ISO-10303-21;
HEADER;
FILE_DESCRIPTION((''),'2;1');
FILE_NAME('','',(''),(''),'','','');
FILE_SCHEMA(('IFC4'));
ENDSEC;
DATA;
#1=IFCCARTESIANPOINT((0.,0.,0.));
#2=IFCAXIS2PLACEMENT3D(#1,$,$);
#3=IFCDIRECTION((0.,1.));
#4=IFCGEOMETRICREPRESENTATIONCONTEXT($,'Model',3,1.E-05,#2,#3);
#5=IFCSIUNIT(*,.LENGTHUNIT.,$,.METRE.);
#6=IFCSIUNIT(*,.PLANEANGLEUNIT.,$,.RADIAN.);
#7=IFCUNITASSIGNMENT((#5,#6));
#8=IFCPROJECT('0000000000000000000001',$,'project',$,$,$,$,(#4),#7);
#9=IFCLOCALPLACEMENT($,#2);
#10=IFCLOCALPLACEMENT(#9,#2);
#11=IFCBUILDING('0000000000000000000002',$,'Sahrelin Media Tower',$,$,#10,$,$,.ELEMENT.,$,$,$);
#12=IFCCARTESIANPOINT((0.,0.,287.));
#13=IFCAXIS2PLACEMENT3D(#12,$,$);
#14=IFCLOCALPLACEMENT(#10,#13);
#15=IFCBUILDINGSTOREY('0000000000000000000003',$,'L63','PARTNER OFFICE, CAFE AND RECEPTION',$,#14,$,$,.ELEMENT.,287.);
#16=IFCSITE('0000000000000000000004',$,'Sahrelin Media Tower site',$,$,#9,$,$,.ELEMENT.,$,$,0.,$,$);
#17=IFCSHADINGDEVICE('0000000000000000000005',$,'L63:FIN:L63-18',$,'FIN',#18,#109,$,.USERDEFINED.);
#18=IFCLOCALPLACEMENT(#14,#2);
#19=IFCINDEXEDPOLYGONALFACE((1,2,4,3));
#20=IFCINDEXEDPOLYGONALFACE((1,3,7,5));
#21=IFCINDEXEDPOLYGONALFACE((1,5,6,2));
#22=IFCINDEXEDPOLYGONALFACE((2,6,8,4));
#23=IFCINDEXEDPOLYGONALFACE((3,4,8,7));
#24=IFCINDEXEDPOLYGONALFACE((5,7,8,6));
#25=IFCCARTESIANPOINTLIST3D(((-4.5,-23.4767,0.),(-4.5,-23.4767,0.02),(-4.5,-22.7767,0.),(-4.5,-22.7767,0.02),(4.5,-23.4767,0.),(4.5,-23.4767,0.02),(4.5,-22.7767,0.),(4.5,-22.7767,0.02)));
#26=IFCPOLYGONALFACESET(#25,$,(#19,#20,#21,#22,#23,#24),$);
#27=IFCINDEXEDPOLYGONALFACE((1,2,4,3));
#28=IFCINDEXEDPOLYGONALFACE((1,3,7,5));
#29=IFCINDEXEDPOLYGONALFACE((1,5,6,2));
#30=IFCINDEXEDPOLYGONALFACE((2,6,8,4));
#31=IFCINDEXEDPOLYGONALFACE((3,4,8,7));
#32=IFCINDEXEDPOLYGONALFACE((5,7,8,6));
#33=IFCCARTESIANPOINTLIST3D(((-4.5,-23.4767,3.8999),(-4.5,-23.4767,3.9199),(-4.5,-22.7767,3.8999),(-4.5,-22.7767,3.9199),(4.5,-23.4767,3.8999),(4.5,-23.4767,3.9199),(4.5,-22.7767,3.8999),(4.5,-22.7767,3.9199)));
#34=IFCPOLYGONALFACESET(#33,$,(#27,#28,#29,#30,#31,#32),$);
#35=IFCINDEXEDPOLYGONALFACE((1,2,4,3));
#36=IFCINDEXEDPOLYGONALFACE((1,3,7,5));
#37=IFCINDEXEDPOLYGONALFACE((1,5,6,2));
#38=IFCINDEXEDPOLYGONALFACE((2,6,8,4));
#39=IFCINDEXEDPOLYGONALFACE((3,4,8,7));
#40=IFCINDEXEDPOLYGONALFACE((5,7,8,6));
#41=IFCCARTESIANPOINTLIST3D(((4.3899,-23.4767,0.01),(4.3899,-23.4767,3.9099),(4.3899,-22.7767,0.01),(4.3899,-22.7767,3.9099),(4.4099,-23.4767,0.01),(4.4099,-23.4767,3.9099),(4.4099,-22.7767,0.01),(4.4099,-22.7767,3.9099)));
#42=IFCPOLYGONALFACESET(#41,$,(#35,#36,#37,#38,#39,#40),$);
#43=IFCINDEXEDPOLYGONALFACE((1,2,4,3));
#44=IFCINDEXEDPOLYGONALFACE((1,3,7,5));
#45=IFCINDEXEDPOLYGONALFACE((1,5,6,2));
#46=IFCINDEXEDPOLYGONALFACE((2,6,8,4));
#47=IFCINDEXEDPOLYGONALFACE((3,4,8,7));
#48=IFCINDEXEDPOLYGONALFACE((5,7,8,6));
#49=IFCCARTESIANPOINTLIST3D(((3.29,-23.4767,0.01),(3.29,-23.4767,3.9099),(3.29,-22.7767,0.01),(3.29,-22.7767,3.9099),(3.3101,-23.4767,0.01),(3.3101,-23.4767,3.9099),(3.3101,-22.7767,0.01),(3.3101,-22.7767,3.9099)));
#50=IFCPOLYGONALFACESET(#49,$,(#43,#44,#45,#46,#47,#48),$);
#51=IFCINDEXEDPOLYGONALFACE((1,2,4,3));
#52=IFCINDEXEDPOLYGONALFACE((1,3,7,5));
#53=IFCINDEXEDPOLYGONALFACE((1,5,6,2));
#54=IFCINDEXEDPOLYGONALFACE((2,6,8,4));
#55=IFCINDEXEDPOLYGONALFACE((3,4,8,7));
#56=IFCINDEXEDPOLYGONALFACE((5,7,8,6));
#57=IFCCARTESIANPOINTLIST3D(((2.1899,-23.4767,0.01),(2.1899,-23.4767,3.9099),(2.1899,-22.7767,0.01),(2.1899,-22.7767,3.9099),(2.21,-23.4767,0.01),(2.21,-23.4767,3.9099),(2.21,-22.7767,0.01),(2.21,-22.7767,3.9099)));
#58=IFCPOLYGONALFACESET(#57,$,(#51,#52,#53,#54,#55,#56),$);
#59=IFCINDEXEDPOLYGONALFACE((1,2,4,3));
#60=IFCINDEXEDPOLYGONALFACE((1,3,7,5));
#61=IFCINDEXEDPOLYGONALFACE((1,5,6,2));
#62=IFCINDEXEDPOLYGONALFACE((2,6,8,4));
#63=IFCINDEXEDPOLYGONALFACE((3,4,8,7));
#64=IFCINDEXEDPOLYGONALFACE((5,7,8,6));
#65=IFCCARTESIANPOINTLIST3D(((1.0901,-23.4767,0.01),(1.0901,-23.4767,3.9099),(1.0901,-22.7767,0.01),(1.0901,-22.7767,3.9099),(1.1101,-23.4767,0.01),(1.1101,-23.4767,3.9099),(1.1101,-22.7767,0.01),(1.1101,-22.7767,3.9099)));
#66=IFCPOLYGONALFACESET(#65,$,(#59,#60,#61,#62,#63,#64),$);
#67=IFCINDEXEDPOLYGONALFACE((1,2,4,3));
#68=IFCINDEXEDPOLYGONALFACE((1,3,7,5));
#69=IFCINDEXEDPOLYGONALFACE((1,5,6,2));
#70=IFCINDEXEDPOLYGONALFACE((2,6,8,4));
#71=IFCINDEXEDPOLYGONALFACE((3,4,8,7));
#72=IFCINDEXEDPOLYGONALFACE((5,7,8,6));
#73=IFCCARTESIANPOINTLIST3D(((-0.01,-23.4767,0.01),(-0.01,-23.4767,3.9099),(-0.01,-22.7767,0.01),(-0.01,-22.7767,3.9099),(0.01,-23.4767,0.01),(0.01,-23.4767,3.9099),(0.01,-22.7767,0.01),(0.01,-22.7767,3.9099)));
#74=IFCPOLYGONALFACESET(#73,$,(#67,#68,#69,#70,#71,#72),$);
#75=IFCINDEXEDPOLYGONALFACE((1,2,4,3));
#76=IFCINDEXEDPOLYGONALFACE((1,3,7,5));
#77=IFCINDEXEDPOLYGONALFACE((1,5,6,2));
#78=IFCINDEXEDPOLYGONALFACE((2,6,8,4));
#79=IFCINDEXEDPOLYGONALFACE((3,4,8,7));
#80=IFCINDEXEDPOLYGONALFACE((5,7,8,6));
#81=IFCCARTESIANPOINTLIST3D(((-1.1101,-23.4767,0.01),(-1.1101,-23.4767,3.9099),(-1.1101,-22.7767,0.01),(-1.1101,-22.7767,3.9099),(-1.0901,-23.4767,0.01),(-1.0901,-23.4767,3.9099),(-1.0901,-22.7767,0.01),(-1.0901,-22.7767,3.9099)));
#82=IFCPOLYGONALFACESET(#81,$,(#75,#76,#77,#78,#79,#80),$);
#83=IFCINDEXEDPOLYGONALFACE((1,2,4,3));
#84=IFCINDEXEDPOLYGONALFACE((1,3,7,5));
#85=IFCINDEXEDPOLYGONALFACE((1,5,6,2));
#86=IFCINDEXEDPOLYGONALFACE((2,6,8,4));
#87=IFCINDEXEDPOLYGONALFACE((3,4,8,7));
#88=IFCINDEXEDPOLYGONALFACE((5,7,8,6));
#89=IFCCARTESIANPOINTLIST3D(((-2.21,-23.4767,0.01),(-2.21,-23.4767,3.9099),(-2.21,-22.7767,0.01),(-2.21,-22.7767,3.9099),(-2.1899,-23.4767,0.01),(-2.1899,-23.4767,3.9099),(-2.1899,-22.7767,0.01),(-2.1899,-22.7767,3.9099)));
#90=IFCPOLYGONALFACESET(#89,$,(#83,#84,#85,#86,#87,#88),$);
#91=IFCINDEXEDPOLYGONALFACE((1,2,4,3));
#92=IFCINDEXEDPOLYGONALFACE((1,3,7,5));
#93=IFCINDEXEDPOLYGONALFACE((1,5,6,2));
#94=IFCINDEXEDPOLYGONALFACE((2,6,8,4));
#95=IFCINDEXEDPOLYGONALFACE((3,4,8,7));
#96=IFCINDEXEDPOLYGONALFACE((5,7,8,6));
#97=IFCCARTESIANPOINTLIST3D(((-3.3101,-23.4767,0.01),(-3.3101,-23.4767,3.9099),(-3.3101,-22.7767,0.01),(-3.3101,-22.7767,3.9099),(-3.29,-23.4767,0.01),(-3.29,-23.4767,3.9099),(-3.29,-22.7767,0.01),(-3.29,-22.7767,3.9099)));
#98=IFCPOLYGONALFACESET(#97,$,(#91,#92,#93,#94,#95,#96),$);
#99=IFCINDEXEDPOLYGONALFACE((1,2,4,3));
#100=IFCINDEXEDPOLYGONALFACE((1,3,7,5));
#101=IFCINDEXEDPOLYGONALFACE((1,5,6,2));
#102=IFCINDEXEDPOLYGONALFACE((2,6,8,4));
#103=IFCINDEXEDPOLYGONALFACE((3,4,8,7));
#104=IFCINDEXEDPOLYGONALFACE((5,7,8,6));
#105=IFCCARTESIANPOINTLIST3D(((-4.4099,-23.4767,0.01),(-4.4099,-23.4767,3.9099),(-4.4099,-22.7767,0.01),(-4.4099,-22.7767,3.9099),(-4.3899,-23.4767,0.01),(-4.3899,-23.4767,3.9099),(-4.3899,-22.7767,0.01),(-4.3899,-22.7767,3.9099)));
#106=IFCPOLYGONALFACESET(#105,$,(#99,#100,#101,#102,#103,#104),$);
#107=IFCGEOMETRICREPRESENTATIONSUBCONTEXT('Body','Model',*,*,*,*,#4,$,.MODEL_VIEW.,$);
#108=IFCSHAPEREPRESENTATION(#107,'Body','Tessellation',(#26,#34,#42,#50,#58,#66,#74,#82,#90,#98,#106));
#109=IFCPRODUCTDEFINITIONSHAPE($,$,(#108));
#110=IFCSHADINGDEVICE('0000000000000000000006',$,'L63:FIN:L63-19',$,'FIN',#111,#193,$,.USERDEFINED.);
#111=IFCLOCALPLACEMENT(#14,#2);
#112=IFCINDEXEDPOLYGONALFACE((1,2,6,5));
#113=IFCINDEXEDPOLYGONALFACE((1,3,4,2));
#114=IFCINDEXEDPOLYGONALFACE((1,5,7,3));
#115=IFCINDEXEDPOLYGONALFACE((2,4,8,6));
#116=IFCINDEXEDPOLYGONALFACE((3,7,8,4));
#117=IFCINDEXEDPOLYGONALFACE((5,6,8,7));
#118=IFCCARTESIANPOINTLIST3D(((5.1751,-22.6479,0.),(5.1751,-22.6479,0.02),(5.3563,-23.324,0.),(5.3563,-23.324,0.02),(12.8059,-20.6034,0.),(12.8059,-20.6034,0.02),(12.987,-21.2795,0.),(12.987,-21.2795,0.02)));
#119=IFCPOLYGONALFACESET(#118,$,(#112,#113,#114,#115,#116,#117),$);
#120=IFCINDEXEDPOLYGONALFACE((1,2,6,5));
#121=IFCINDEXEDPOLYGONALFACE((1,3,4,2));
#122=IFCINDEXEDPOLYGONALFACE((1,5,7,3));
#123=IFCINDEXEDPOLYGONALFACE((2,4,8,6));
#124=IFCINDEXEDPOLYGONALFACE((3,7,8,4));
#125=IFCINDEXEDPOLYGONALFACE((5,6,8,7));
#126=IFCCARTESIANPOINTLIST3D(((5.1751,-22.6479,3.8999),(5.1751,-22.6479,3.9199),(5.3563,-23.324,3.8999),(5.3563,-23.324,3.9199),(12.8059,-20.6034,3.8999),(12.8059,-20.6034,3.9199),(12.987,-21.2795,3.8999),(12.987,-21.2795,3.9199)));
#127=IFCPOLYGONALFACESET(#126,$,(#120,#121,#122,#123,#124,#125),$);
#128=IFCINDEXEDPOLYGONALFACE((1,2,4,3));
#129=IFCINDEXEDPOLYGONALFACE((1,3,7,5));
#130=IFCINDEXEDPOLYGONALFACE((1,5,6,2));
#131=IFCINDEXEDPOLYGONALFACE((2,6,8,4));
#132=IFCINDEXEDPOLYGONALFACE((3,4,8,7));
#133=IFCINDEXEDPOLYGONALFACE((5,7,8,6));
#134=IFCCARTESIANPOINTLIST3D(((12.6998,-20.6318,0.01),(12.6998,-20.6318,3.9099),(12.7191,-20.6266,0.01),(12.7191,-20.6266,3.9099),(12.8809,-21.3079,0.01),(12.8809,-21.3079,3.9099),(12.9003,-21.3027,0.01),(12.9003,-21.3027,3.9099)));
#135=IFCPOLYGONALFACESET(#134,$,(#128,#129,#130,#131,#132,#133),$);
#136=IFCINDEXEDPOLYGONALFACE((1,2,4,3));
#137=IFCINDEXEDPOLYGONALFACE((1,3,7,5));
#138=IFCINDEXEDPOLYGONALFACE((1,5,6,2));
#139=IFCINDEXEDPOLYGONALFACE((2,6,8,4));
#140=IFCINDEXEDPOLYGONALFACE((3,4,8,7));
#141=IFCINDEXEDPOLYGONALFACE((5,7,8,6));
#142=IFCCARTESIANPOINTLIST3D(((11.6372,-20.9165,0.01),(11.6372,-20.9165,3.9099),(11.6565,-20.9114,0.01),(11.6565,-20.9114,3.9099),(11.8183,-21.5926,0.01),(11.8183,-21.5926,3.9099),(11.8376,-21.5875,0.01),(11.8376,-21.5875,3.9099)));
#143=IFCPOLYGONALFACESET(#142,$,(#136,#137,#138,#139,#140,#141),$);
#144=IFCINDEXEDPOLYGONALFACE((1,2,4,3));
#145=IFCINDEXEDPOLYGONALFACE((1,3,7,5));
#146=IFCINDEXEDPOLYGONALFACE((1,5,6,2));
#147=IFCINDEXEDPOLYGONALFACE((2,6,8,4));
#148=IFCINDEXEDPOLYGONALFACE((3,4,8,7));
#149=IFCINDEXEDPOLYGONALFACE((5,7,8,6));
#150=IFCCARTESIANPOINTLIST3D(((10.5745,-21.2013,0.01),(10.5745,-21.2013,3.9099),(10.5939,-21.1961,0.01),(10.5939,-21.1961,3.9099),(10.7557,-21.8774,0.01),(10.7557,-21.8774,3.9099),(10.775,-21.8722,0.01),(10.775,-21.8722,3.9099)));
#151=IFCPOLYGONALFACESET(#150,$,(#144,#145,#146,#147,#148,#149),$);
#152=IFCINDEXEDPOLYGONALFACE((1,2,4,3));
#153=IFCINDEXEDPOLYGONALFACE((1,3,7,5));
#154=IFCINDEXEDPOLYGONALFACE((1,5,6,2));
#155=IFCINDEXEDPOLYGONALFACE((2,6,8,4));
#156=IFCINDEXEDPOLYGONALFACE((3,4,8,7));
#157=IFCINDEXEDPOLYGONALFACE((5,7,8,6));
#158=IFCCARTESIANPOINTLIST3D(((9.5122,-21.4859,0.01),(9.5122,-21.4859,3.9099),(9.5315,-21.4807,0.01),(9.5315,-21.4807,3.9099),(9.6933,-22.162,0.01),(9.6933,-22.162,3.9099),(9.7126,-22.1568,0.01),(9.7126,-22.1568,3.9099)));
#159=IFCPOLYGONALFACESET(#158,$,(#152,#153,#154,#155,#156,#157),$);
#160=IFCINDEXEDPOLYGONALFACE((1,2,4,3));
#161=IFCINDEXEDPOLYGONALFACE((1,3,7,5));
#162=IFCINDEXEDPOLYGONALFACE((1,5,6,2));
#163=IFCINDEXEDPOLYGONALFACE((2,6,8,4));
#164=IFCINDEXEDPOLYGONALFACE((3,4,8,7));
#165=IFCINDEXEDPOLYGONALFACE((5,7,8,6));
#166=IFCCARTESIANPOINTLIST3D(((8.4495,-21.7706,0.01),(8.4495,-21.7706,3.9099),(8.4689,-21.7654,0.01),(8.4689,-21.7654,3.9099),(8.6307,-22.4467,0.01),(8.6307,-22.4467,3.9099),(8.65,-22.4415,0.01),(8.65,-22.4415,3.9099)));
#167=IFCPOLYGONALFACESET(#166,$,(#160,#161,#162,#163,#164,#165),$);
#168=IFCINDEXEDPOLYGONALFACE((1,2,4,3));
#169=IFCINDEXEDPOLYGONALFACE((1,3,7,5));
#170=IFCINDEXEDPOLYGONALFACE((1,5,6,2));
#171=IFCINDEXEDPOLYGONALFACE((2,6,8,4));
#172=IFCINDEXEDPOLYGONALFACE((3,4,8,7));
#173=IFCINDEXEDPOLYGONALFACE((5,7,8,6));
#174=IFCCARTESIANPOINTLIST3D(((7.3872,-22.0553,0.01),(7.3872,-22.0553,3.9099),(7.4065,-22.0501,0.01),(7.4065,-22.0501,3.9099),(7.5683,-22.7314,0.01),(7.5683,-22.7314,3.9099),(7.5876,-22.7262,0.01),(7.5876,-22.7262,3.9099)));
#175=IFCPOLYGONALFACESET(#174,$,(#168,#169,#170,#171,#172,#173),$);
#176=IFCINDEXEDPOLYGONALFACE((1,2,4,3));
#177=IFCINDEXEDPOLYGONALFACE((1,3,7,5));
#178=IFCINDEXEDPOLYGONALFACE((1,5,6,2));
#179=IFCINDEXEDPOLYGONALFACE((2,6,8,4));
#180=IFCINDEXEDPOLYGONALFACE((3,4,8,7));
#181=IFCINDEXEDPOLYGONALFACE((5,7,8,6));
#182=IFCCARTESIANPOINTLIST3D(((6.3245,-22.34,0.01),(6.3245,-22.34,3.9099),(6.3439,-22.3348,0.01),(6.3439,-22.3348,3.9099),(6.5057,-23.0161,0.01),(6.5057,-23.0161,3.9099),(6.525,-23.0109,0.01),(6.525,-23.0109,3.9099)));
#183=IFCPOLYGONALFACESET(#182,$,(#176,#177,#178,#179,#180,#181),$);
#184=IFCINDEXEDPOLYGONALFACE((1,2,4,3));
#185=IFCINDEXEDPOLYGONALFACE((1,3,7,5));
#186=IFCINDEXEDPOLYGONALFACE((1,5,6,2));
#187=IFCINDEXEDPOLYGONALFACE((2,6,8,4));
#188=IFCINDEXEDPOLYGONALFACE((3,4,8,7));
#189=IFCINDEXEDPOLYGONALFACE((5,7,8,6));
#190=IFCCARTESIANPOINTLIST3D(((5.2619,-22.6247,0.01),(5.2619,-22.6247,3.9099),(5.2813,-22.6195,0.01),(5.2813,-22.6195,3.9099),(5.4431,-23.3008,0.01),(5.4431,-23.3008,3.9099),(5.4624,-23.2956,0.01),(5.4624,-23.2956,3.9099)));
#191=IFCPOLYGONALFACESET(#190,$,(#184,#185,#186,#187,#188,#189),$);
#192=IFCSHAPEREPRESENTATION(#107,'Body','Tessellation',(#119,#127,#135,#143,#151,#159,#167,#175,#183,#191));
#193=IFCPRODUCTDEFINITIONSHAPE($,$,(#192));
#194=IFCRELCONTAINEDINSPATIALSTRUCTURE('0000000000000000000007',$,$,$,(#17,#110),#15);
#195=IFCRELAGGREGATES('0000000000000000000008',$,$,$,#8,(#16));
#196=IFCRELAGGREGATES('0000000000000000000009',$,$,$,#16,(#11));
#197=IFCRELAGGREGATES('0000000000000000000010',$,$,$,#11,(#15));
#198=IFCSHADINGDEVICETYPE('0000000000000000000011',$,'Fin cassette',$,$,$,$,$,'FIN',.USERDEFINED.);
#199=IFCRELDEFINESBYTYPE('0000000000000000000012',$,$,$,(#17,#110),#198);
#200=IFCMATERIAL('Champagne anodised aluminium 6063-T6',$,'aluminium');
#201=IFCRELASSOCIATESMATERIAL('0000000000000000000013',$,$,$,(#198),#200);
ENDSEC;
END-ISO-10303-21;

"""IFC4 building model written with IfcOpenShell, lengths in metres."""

from ifc_helpers import new_model, si_unit, direction, frame, origin, origin_2d, place, context, subcontext, project, spatial, rectangle, extrude, material, type_object, element, save


model = new_model("IFC4")

# Units and contexts
model_context = context("Model", 3, precision=1e-05, world=origin(), true_north=direction((0.0, 1.0)))
body_context = subcontext(model_context, "Body", "Model", "MODEL_VIEW")
ifc_project = project(units=[si_unit("LENGTHUNIT", "METRE"), si_unit("PLANEANGLEUNIT", "RADIAN")], contexts=[model_context])

# Site, building, storey
site_placement = place(None, origin())
site = spatial("IfcSite", under=ifc_project, at=site_placement, Name="Sahrelin Media Tower site", CompositionType="ELEMENT", RefElevation=0.0)
building_placement = place(site_placement, origin())
building = spatial("IfcBuilding", under=site, at=building_placement, Name="Sahrelin Media Tower", CompositionType="ELEMENT")
storey_placement = place(building_placement, frame((0.0, 0.0, 287.0)))
storey = spatial("IfcBuildingStorey", under=building, at=storey_placement, Name="L63", Description="PARTNER OFFICE, CAFE AND RECEPTION", CompositionType="ELEMENT", Elevation=287.0)

# Shared definitions
ifc_material_1 = material(Name="Champagne anodised aluminium 6063-T6", Category="aluminium")

# Shading devices
shading_device_type_1 = type_object("IfcShadingDeviceType", Name="Fin cassette", ElementType="FIN", PredefinedType="USERDEFINED", material=ifc_material_1)
placement_1 = place(storey_placement, frame((0.0, -22.7068, 0.0), z_axis=(0.0, 0.0, 1.0), x_axis=(-1.0, 0.0, 0.0)))
element("IfcShadingDevice", 1, at=placement_1, inside=storey, type_object=shading_device_type_1, Name="L63:FIN:L63-18", ObjectType="FIN", PredefinedType="USERDEFINED", context=body_context, shape_type="SweptSolid", body=[
    extrude(rectangle(XDim=9.0, YDim=0.7, at=origin_2d()), frame((0.0, 0.4199, 0.0)), (0.0, 0.0, 1.0), 0.02),
    extrude(rectangle(XDim=9.0, YDim=0.7, at=origin_2d()), frame((0.0, 0.4199, 3.8999)), (0.0, 0.0, 1.0), 0.02),
    extrude(rectangle(XDim=0.02, YDim=0.7, at=origin_2d()), frame((-4.3999, 0.4199, 0.01), z_axis=(0.0, 0.0, 1.0), x_axis=(1.0, 0.0, 0.0)), (0.0, 0.0, 1.0), 3.8999),
    extrude(rectangle(XDim=0.02, YDim=0.7, at=origin_2d()), frame((-3.3, 0.4199, 0.01), z_axis=(0.0, 0.0, 1.0), x_axis=(1.0, 0.0, 0.0)), (0.0, 0.0, 1.0), 3.8999),
    extrude(rectangle(XDim=0.02, YDim=0.7, at=origin_2d()), frame((-2.2, 0.4199, 0.01), z_axis=(0.0, 0.0, 1.0), x_axis=(1.0, 0.0, 0.0)), (0.0, 0.0, 1.0), 3.8999),
    extrude(rectangle(XDim=0.02, YDim=0.7, at=origin_2d()), frame((-1.1001, 0.4199, 0.01), z_axis=(0.0, 0.0, 1.0), x_axis=(1.0, 0.0, 0.0)), (0.0, 0.0, 1.0), 3.8999),
    extrude(rectangle(XDim=0.02, YDim=0.7, at=origin_2d()), frame((0.0, 0.4199, 0.01), z_axis=(0.0, 0.0, 1.0), x_axis=(1.0, 0.0, 0.0)), (0.0, 0.0, 1.0), 3.8999),
    extrude(rectangle(XDim=0.02, YDim=0.7, at=origin_2d()), frame((1.1001, 0.4199, 0.01), z_axis=(0.0, 0.0, 1.0), x_axis=(1.0, 0.0, 0.0)), (0.0, 0.0, 1.0), 3.8999),
    extrude(rectangle(XDim=0.02, YDim=0.7, at=origin_2d()), frame((2.2, 0.4199, 0.01), z_axis=(0.0, 0.0, 1.0), x_axis=(1.0, 0.0, 0.0)), (0.0, 0.0, 1.0), 3.8999),
    extrude(rectangle(XDim=0.02, YDim=0.7, at=origin_2d()), frame((3.3, 0.4199, 0.01), z_axis=(0.0, 0.0, 1.0), x_axis=(1.0, 0.0, 0.0)), (0.0, 0.0, 1.0), 3.8999),
    extrude(rectangle(XDim=0.02, YDim=0.7, at=origin_2d()), frame((4.3999, 0.4199, 0.01), z_axis=(0.0, 0.0, 1.0), x_axis=(1.0, 0.0, 0.0)), (0.0, 0.0, 1.0), 3.8999),
])
placement_2 = place(storey_placement, frame((8.9724, -21.5581, 0.0), z_axis=(0.0, 0.0, 1.0), x_axis=(-0.965929, -0.258808, 0.0)))
element("IfcShadingDevice", 2, at=placement_2, inside=storey, type_object=shading_device_type_1, Name="L63:FIN:L63-19", ObjectType="FIN", PredefinedType="USERDEFINED", context=body_context, shape_type="SweptSolid", body=[
    extrude(rectangle(XDim=7.8999, YDim=0.7, at=origin_2d()), frame((0.0, 0.4199, 0.0)), (0.0, 0.0, 1.0), 0.02),
    extrude(rectangle(XDim=7.8999, YDim=0.7, at=origin_2d()), frame((0.0, 0.4199, 3.8999)), (0.0, 0.0, 1.0), 0.02),
    extrude(rectangle(XDim=0.02, YDim=0.7, at=origin_2d()), frame((-3.8501, 0.4199, 0.01), z_axis=(0.0, 0.0, 1.0), x_axis=(1.0, 0.0, 0.0)), (0.0, 0.0, 1.0), 3.8999),
    extrude(rectangle(XDim=0.02, YDim=0.7, at=origin_2d()), frame((-2.75, 0.4199, 0.01), z_axis=(0.0, 0.0, 1.0), x_axis=(1.0, 0.0, 0.0)), (0.0, 0.0, 1.0), 3.8999),
    extrude(rectangle(XDim=0.02, YDim=0.7, at=origin_2d()), frame((-1.6499, 0.4199, 0.01), z_axis=(0.0, 0.0, 1.0), x_axis=(1.0, 0.0, 0.0)), (0.0, 0.0, 1.0), 3.8999),
    extrude(rectangle(XDim=0.02, YDim=0.7, at=origin_2d()), frame((-0.55, 0.4199, 0.01), z_axis=(0.0, 0.0, 1.0), x_axis=(1.0, 0.0, 0.0)), (0.0, 0.0, 1.0), 3.8999),
    extrude(rectangle(XDim=0.02, YDim=0.7, at=origin_2d()), frame((0.55, 0.4199, 0.01), z_axis=(0.0, 0.0, 1.0), x_axis=(1.0, 0.0, 0.0)), (0.0, 0.0, 1.0), 3.8999),
    extrude(rectangle(XDim=0.02, YDim=0.7, at=origin_2d()), frame((1.6499, 0.4199, 0.01), z_axis=(0.0, 0.0, 1.0), x_axis=(1.0, 0.0, 0.0)), (0.0, 0.0, 1.0), 3.8999),
    extrude(rectangle(XDim=0.02, YDim=0.7, at=origin_2d()), frame((2.75, 0.4199, 0.01), z_axis=(0.0, 0.0, 1.0), x_axis=(1.0, 0.0, 0.0)), (0.0, 0.0, 1.0), 3.8999),
    extrude(rectangle(XDim=0.02, YDim=0.7, at=origin_2d()), frame((3.8501, 0.4199, 0.01), z_axis=(0.0, 0.0, 1.0), x_axis=(1.0, 0.0, 0.0)), (0.0, 0.0, 1.0), 3.8999),
])

save(model, "model.ifc")
